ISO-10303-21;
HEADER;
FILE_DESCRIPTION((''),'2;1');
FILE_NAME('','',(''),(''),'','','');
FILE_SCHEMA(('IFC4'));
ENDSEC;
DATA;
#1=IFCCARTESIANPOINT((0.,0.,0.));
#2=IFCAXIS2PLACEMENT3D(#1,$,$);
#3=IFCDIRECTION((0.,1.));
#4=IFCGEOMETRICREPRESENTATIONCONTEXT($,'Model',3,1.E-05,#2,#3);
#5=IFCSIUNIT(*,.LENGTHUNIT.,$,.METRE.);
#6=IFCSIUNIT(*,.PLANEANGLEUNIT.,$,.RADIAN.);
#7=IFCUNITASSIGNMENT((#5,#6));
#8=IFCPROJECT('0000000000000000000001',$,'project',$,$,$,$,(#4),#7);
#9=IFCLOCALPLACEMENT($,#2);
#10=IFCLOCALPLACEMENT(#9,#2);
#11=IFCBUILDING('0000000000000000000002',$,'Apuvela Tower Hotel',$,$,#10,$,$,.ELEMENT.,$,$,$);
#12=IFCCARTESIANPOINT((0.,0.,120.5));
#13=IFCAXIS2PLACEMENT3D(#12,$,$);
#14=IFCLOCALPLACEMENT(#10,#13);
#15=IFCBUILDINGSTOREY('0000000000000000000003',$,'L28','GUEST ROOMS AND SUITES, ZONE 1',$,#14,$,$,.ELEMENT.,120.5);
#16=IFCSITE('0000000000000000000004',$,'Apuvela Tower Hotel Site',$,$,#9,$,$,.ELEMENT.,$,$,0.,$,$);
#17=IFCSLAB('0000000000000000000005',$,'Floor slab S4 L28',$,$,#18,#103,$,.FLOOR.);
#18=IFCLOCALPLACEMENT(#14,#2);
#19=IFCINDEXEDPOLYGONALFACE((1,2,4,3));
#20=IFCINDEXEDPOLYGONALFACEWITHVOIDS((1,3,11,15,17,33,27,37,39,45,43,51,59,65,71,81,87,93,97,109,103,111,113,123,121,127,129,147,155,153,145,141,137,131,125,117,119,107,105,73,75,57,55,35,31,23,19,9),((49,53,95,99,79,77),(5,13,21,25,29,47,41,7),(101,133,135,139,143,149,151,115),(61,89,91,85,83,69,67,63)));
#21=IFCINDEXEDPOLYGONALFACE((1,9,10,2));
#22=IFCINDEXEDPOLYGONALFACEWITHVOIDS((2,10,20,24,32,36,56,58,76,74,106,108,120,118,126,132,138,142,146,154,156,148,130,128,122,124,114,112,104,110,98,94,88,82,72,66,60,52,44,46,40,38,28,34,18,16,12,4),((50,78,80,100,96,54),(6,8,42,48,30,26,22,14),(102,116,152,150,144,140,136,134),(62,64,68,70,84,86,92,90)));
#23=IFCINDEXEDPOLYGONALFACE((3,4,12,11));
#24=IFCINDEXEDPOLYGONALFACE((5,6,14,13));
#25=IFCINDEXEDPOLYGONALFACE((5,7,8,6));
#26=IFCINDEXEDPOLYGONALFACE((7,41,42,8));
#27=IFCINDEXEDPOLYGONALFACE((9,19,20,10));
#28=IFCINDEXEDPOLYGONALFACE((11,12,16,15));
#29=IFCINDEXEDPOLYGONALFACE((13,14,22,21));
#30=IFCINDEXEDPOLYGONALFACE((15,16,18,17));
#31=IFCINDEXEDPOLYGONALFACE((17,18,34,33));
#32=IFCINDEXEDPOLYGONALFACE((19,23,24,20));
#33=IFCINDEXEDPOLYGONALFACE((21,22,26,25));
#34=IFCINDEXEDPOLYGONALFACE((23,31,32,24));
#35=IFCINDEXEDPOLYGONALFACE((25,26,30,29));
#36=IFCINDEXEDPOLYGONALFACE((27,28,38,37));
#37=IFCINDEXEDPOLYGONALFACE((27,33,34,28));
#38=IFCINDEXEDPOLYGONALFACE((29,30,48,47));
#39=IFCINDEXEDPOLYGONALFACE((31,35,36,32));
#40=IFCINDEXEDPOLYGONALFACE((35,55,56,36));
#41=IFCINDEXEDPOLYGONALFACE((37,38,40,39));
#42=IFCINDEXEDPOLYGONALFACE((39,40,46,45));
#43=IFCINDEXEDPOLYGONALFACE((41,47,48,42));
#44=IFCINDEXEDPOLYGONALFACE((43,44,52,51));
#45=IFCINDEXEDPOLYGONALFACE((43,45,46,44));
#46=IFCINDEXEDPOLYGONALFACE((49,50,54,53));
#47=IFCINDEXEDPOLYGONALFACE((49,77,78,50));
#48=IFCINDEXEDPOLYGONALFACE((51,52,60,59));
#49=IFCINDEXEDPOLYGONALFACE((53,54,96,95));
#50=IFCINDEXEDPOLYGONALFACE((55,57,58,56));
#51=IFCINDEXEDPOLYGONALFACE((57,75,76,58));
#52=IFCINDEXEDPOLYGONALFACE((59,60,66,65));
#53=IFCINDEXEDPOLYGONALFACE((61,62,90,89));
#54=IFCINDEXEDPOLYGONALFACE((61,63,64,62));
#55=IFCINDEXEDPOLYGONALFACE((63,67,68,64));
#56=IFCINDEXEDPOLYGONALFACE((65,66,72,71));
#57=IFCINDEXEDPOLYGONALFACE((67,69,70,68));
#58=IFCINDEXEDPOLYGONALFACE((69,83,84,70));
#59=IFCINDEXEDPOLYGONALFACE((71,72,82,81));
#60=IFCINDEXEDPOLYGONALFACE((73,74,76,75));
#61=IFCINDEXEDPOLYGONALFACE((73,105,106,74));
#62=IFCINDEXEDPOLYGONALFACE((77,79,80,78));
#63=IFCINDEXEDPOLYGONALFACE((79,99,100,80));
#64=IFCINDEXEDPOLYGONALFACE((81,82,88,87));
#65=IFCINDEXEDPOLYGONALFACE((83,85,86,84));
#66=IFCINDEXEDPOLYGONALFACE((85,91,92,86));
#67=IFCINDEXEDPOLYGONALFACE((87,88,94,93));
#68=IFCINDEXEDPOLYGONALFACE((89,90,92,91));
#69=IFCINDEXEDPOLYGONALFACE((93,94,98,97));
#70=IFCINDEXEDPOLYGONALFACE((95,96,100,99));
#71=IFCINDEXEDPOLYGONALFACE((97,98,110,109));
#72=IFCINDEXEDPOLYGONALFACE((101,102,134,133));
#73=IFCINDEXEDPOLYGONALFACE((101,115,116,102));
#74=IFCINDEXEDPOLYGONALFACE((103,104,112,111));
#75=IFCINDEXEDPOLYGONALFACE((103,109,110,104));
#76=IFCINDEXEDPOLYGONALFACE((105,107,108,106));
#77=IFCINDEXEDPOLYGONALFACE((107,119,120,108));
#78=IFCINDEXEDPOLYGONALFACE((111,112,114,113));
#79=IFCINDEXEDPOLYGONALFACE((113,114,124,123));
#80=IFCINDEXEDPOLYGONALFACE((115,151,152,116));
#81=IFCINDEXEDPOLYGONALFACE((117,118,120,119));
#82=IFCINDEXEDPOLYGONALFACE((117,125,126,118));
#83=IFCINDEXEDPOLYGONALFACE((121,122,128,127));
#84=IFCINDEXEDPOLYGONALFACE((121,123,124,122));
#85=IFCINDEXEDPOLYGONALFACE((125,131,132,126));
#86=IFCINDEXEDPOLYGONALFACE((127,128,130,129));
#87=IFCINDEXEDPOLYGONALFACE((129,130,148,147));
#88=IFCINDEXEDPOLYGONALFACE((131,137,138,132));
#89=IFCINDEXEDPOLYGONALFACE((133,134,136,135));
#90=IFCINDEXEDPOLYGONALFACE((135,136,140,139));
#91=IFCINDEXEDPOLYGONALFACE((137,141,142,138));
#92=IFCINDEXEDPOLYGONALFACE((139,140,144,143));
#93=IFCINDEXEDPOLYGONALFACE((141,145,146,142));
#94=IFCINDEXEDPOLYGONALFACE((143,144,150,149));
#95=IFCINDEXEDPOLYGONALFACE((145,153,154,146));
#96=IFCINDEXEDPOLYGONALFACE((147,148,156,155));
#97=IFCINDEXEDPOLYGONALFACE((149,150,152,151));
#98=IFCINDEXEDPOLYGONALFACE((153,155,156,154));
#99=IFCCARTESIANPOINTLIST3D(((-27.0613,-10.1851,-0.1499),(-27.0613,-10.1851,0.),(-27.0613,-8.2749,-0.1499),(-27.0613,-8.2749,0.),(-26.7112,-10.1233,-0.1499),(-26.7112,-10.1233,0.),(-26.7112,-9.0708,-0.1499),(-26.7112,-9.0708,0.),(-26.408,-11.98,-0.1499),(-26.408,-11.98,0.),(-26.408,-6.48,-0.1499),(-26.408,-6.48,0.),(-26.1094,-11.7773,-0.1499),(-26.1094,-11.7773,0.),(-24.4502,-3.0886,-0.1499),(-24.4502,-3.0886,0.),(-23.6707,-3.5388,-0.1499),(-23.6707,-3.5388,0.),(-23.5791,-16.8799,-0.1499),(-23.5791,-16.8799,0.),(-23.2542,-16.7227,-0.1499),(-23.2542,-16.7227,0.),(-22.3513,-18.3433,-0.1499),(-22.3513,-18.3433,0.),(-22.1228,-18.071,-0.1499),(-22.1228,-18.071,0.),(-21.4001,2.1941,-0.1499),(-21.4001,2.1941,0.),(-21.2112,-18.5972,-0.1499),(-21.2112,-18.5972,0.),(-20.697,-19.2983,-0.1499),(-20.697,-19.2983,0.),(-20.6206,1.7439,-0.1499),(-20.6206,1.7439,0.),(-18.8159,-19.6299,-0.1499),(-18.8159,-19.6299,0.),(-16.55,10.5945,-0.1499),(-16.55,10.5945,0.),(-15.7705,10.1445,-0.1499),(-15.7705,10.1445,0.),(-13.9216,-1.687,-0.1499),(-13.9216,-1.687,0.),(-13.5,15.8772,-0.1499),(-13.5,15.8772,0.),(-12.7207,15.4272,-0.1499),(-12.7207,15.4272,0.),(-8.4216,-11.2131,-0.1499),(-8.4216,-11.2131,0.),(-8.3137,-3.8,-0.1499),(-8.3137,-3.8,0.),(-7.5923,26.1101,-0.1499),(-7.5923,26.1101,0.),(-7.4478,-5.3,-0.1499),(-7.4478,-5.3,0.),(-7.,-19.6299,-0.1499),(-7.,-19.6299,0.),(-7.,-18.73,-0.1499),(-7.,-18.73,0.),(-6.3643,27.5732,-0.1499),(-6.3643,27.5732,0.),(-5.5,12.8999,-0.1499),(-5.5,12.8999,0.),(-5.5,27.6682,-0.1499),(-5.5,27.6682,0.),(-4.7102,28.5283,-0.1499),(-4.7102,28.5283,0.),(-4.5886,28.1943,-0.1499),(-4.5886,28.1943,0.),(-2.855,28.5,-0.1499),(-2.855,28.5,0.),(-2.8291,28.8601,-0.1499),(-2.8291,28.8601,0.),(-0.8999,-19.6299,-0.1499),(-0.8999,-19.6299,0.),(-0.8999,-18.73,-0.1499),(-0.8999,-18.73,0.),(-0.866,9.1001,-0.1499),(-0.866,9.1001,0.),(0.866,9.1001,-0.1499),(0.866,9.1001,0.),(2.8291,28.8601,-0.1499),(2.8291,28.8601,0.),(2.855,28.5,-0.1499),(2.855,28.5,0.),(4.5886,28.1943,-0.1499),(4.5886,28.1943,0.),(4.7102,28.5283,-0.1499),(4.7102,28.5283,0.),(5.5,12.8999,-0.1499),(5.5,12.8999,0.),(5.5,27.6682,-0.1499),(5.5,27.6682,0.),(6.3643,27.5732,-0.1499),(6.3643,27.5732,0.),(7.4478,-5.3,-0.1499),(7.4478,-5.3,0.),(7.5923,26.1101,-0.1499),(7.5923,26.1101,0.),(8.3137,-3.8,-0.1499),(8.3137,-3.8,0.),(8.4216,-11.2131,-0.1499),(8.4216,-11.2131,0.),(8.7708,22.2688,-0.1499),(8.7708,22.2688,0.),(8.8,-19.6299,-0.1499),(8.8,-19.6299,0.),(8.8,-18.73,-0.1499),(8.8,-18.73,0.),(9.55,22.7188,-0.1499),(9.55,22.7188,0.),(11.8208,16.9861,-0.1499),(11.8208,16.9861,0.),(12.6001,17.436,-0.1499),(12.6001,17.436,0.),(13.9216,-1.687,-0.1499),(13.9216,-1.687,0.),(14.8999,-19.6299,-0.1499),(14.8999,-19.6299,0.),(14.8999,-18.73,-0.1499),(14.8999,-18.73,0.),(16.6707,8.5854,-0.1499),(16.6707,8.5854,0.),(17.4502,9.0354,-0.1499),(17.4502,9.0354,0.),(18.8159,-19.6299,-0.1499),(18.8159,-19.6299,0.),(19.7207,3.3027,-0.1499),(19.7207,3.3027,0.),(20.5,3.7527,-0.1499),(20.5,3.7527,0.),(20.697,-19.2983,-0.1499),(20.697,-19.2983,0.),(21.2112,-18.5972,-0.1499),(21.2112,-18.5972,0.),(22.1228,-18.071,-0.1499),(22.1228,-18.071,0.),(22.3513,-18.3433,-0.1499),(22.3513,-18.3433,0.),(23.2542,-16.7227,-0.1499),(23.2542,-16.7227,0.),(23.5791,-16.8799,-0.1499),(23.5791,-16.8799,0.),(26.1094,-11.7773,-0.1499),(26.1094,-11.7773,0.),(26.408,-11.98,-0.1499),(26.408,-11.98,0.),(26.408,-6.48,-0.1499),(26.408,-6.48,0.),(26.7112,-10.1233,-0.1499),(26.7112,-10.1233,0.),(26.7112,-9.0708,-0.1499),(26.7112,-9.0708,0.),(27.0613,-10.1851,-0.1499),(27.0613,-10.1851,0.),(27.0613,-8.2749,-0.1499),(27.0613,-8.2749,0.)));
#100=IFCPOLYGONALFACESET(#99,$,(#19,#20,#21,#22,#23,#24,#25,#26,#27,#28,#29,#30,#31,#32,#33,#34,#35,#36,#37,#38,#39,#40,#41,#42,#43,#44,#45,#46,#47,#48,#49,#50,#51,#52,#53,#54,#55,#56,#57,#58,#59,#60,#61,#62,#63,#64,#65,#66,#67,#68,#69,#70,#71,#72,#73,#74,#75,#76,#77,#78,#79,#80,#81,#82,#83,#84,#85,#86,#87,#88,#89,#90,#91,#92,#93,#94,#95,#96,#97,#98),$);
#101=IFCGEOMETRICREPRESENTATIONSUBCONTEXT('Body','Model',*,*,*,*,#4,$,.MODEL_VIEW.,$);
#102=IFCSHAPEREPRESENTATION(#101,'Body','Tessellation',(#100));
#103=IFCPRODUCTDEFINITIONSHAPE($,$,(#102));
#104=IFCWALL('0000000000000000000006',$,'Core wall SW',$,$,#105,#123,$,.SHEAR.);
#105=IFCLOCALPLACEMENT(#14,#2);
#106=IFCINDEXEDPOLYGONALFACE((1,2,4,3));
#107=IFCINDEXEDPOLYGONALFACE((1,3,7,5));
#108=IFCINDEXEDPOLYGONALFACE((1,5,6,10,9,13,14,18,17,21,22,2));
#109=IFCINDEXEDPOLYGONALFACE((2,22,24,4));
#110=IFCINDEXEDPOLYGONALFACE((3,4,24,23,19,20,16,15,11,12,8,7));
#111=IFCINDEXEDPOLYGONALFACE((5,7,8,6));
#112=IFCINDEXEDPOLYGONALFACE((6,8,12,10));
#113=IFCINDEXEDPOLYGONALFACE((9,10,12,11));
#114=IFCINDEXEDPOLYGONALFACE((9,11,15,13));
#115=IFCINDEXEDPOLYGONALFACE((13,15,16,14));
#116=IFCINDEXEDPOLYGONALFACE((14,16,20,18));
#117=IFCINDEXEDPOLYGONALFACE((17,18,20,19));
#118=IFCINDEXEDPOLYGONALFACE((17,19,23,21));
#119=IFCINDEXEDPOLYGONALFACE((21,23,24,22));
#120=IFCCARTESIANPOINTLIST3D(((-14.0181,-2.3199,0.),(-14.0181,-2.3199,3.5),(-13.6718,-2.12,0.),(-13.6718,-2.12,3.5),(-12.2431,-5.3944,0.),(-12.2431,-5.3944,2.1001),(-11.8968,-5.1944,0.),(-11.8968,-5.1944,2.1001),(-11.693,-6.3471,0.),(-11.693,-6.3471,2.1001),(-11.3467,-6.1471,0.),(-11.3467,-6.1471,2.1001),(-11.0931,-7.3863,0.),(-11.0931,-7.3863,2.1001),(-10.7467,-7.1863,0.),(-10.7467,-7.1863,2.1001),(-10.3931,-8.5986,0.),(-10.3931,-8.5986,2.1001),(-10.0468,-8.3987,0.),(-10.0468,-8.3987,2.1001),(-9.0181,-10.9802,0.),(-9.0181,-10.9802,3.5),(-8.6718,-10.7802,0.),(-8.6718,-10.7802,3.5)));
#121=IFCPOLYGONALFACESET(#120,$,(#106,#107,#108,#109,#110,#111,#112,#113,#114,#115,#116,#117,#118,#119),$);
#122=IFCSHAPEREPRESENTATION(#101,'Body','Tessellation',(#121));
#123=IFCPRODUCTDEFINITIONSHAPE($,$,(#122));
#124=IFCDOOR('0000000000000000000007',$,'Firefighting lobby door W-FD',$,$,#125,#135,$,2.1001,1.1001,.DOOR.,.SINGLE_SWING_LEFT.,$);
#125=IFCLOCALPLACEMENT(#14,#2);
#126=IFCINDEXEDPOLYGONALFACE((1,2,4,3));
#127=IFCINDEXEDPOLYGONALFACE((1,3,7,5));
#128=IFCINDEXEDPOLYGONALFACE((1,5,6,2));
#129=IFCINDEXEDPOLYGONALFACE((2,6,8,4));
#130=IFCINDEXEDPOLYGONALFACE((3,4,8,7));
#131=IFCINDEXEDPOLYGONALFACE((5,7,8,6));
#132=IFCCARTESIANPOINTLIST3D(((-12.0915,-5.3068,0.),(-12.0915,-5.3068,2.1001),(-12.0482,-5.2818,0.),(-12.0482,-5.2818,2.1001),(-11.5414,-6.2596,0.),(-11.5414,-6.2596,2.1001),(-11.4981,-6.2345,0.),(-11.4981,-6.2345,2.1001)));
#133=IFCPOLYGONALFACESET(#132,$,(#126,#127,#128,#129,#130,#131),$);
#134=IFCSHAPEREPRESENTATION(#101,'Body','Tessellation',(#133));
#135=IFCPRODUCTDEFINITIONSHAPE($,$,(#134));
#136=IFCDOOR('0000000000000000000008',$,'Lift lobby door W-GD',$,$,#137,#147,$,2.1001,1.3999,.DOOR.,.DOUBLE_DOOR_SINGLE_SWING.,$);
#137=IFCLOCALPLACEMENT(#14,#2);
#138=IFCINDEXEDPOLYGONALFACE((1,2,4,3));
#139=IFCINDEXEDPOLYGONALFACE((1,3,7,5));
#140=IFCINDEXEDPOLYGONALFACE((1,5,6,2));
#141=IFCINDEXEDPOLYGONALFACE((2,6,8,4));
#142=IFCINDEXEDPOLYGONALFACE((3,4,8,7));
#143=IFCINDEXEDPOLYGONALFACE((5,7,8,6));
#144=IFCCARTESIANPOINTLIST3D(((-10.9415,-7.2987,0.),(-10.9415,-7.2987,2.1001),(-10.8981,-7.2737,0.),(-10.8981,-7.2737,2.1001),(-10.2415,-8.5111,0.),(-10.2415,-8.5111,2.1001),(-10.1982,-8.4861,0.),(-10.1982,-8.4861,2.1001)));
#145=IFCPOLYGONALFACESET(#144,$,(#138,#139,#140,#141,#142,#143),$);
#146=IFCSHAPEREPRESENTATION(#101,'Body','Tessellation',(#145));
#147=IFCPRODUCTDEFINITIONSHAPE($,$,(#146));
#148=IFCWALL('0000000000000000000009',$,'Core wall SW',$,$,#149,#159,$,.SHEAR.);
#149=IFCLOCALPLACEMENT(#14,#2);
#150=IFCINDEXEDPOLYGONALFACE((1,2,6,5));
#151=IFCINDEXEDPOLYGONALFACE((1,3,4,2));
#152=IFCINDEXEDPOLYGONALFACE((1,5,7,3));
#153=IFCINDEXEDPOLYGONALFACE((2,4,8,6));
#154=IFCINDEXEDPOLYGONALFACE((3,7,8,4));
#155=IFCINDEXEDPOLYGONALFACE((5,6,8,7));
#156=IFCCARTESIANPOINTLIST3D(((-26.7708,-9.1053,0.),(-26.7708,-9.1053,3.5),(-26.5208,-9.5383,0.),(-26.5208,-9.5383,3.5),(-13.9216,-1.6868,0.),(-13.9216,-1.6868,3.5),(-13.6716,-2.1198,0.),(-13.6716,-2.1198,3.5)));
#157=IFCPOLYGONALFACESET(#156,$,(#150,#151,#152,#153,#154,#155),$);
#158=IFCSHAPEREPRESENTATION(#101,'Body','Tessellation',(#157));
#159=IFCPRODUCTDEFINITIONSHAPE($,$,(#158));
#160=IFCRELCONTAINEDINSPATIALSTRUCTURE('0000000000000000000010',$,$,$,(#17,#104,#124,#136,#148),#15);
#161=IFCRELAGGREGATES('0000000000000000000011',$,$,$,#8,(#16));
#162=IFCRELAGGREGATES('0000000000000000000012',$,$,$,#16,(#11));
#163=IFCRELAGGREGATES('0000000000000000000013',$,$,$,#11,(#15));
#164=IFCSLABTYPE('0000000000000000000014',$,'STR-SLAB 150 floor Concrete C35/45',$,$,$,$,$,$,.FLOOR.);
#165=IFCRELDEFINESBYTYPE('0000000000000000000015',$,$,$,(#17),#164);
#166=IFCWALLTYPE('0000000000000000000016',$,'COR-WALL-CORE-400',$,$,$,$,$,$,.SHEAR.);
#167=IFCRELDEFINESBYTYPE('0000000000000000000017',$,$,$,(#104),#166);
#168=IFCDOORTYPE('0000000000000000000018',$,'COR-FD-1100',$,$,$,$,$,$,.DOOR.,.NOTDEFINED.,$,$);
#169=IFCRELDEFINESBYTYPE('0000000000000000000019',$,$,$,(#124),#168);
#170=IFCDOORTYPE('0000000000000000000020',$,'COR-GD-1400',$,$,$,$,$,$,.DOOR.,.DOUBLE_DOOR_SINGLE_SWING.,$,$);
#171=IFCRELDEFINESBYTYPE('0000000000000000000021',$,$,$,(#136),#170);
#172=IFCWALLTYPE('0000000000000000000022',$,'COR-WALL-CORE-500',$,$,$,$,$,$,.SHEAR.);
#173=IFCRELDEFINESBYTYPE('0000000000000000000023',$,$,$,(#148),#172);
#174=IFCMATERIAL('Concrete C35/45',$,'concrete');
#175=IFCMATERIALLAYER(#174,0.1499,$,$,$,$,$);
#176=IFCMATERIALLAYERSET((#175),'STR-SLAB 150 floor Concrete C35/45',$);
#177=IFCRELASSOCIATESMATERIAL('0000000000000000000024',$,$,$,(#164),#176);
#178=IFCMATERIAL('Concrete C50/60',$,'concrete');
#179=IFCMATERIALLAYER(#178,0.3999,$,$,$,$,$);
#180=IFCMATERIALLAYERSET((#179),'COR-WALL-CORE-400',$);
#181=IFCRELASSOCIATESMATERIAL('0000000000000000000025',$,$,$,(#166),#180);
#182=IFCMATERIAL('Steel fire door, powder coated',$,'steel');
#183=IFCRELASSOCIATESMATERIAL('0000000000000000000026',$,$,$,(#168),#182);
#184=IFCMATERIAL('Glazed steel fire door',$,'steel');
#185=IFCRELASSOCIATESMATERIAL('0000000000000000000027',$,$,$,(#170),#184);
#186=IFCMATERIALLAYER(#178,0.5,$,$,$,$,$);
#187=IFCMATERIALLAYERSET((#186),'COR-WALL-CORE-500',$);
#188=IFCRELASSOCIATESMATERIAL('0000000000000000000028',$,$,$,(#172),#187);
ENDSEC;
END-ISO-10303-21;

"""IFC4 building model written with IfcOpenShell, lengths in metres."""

from ifc_helpers import new_model, si_unit, direction, frame, frame_2d, origin, place, context, subcontext, project, spatial, polyline, rectangle, outline, extrude, material, layer, layer_set, type_object, element, fill, save


model = new_model("IFC4")

# Units and contexts
model_context = context("Model", 3, precision=1e-05, world=origin(), true_north=direction((0.0, 1.0)))
body_context = subcontext(model_context, "Body", "Model", "MODEL_VIEW")
ifc_project = project(units=[si_unit("LENGTHUNIT", "METRE"), si_unit("PLANEANGLEUNIT", "RADIAN")], contexts=[model_context])

# Site, building, storey
site_placement = place(None, origin())
site = spatial("IfcSite", under=ifc_project, at=site_placement, Name="Apuvela Tower Hotel Site", CompositionType="ELEMENT", RefElevation=0.0)
building_placement = place(site_placement, origin())
building = spatial("IfcBuilding", under=site, at=building_placement, Name="Apuvela Tower Hotel", CompositionType="ELEMENT")
storey_placement = place(building_placement, frame((0.0, 0.0, 120.5)))
storey = spatial("IfcBuildingStorey", under=building, at=storey_placement, Name="L28", Description="GUEST ROOMS AND SUITES, ZONE 1", CompositionType="ELEMENT", Elevation=120.5)

# Slab
ifc_material_1 = material(Name="Concrete C35/45", Category="concrete")
ifc_layer_1 = layer(ifc_material_1, 0.1499)
ifc_layer_set_1 = layer_set([ifc_layer_1], Name="STR-SLAB 150 floor Concrete C35/45")
slab_type_1 = type_object("IfcSlabType", Name="STR-SLAB 150 floor Concrete C35/45", PredefinedType="FLOOR", material=ifc_layer_set_1)
slab_1_placement = place(storey_placement, frame((0.0, 0.0, -0.1499)))
element("IfcSlab", 1, at=slab_1_placement, inside=storey, type_object=slab_type_1, Name="Floor slab S4 L28", PredefinedType="FLOOR", context=body_context, shape_type="SweptSolid", body=[
    extrude(outline(polyline([(-6.3643, 27.5732), (-4.7102, 28.5283), (-2.8291, 28.8601), (2.8291, 28.8601), (4.7102, 28.5283), (6.3643, 27.5732), (7.5923, 26.1101), (9.55, 22.7188), (8.7708, 22.2688), (11.8208, 16.9861), (12.6001, 17.436), (17.4502, 9.0354), (16.6707, 8.5854), (19.7207, 3.3027), (20.5, 3.7527), (26.408, -6.48), (27.0613, -8.2749), (27.0613, -10.1851), (26.408, -11.98), (23.5791, -16.8799), (22.3513, -18.3433), (20.697, -19.2983), (18.8159, -19.6299), (14.8999, -19.6299), (14.8999, -18.73), (8.8, -18.73), (8.8, -19.6299), (-0.8999, -19.6299), (-0.8999, -18.73), (-7.0, -18.73), (-7.0, -19.6299), (-18.8159, -19.6299), (-20.697, -19.2983), (-22.3513, -18.3433), (-23.5791, -16.8799), (-26.408, -11.98), (-27.0613, -10.1851), (-27.0613, -8.2749), (-26.408, -6.48), (-24.4502, -3.0886), (-23.6707, -3.5388), (-20.6206, 1.7439), (-21.4001, 2.1941), (-16.55, 10.5945), (-15.7705, 10.1445), (-12.7207, 15.4272), (-13.5, 15.8772), (-7.5923, 26.1101), (-6.3643, 27.5732)]), holes=[polyline([(0.866, 9.1001), (-0.866, 9.1001), (-8.3137, -3.8), (-7.4478, -5.3), (7.4478, -5.3), (8.3137, -3.8), (0.866, 9.1001)]), polyline([(-5.5, 12.8999), (-5.5, 27.6682), (-4.5886, 28.1943), (-2.855, 28.5), (2.855, 28.5), (4.5886, 28.1943), (5.5, 27.6682), (5.5, 12.8999), (-5.5, 12.8999)]), polyline([(-8.4216, -11.2131), (-21.2112, -18.5972), (-22.1228, -18.071), (-23.2542, -16.7227), (-26.1094, -11.7773), (-26.7112, -10.1233), (-26.7112, -9.0708), (-13.9216, -1.687), (-8.4216, -11.2131)]), polyline([(13.9216, -1.687), (26.7112, -9.0708), (26.7112, -10.1233), (26.1094, -11.7773), (23.2542, -16.7227), (22.1228, -18.071), (21.2112, -18.5972), (8.4216, -11.2131), (13.9216, -1.687)])]), origin(), (0.0, 0.0, 1.0), 0.1499),
])

# Wall, openings, doors
ifc_material_2 = material(Name="Concrete C50/60", Category="concrete")
ifc_layer_2 = layer(ifc_material_2, 0.3999)
ifc_layer_set_2 = layer_set([ifc_layer_2], Name="COR-WALL-CORE-400")
wall_type_1 = type_object("IfcWallType", Name="COR-WALL-CORE-400", PredefinedType="SHEAR", material=ifc_layer_set_2)
wall_1_placement = place(storey_placement, frame((-13.845, -2.22, 0.0), z_axis=(0.0, 0.0, 1.0), x_axis=(0.500004, -0.866023, 0.0)))
wall_1 = element("IfcWall", 2, at=wall_1_placement, inside=storey, type_object=wall_type_1, Name="Core wall SW", PredefinedType="SHEAR", context=body_context, shape_type="SweptSolid", body=[
    extrude(rectangle(XDim=10.0, YDim=0.3999, at=frame_2d((5.0, 0.0))), origin(), (0.0, 0.0, 1.0), 3.5),
])
opening_1_placement = place(wall_1_placement, frame((3.55, 0.0, 0.0)))
opening_1 = element("IfcOpeningElement", 3, at=opening_1_placement, cuts=wall_1, PredefinedType="OPENING", context=body_context, shape_type="SweptSolid", body=[
    extrude(rectangle(XDim=1.1001, YDim=2.1001, at=frame_2d((0.55, 1.05))), frame((0.0, 0.21, 0.0), z_axis=(0.0, -1.0, 0.0), x_axis=(1.0, 0.0, 0.0)), (0.0, 0.0, 1.0), 0.4199),
])
opening_2_placement = place(wall_1_placement, frame((5.8501, 0.0, 0.0)))
opening_2 = element("IfcOpeningElement", 4, at=opening_2_placement, cuts=wall_1, PredefinedType="OPENING", context=body_context, shape_type="SweptSolid", body=[
    extrude(rectangle(XDim=1.3999, YDim=2.1001, at=frame_2d((0.7, 1.05))), frame((0.0, 0.21, 0.0), z_axis=(0.0, -1.0, 0.0), x_axis=(1.0, 0.0, 0.0)), (0.0, 0.0, 1.0), 0.4199),
])
ifc_material_3 = material(Name="Steel fire door, powder coated", Category="steel")
door_type_1 = type_object("IfcDoorType", Name="COR-FD-1100", OperationType="NOTDEFINED", PredefinedType="DOOR", material=ifc_material_3)
door_1_placement = place(opening_1_placement, frame((1.1001, 0.0, 0.0), z_axis=(0.0, 0.0, 1.0), x_axis=(-1.0, 0.0, 0.0)))
door_1 = element("IfcDoor", 5, at=door_1_placement, inside=storey, type_object=door_type_1, Name="Firefighting lobby door W-FD", OperationType="SINGLE_SWING_LEFT", OverallHeight=2.1001, OverallWidth=1.1001, PredefinedType="DOOR", context=body_context, shape_type="SweptSolid", body=[
    extrude(rectangle(XDim=1.1001, YDim=2.1001, at=frame_2d((0.55, 1.05))), frame((0.0, 0.0249, 0.0), z_axis=(0.0, -1.0, 0.0), x_axis=(1.0, 0.0, 0.0)), (0.0, 0.0, 1.0), 0.05),
])
fill(opening_1, door_1)
ifc_material_4 = material(Name="Glazed steel fire door", Category="steel")
door_type_2 = type_object("IfcDoorType", Name="COR-GD-1400", OperationType="DOUBLE_DOOR_SINGLE_SWING", PredefinedType="DOOR", material=ifc_material_4)
door_2_placement = place(opening_2_placement, frame((1.3999, 0.0, 0.0), z_axis=(0.0, 0.0, 1.0), x_axis=(-1.0, 0.0, 0.0)))
door_2 = element("IfcDoor", 6, at=door_2_placement, inside=storey, type_object=door_type_2, Name="Lift lobby door W-GD", OperationType="DOUBLE_DOOR_SINGLE_SWING", OverallHeight=2.1001, OverallWidth=1.3999, PredefinedType="DOOR", context=body_context, shape_type="SweptSolid", body=[
    extrude(rectangle(XDim=1.3999, YDim=2.1001, at=frame_2d((0.7, 1.05))), frame((0.0, 0.0249, 0.0), z_axis=(0.0, -1.0, 0.0), x_axis=(1.0, 0.0, 0.0)), (0.0, 0.0, 1.0), 0.05),
])
fill(opening_2, door_2)

# Wall
ifc_layer_3 = layer(ifc_material_2, 0.5)
ifc_layer_set_3 = layer_set([ifc_layer_3], Name="COR-WALL-CORE-500")
wall_type_2 = type_object("IfcWallType", Name="COR-WALL-CORE-500", PredefinedType="SHEAR", material=ifc_layer_set_3)
wall_2_placement = place(storey_placement, frame((-13.7966, -1.9033, 0.0), z_axis=(0.0, 0.0, 1.0), x_axis=(-0.866025, -0.500001, 0.0)))
element("IfcWall", 7, at=wall_2_placement, inside=storey, type_object=wall_type_2, Name="Core wall SW", PredefinedType="SHEAR", context=body_context, shape_type="SweptSolid", body=[
    extrude(rectangle(XDim=14.8369, YDim=0.5, at=frame_2d((7.4185, 0.0))), origin(), (0.0, 0.0, 1.0), 3.5),
])

save(model, "model.ifc")
